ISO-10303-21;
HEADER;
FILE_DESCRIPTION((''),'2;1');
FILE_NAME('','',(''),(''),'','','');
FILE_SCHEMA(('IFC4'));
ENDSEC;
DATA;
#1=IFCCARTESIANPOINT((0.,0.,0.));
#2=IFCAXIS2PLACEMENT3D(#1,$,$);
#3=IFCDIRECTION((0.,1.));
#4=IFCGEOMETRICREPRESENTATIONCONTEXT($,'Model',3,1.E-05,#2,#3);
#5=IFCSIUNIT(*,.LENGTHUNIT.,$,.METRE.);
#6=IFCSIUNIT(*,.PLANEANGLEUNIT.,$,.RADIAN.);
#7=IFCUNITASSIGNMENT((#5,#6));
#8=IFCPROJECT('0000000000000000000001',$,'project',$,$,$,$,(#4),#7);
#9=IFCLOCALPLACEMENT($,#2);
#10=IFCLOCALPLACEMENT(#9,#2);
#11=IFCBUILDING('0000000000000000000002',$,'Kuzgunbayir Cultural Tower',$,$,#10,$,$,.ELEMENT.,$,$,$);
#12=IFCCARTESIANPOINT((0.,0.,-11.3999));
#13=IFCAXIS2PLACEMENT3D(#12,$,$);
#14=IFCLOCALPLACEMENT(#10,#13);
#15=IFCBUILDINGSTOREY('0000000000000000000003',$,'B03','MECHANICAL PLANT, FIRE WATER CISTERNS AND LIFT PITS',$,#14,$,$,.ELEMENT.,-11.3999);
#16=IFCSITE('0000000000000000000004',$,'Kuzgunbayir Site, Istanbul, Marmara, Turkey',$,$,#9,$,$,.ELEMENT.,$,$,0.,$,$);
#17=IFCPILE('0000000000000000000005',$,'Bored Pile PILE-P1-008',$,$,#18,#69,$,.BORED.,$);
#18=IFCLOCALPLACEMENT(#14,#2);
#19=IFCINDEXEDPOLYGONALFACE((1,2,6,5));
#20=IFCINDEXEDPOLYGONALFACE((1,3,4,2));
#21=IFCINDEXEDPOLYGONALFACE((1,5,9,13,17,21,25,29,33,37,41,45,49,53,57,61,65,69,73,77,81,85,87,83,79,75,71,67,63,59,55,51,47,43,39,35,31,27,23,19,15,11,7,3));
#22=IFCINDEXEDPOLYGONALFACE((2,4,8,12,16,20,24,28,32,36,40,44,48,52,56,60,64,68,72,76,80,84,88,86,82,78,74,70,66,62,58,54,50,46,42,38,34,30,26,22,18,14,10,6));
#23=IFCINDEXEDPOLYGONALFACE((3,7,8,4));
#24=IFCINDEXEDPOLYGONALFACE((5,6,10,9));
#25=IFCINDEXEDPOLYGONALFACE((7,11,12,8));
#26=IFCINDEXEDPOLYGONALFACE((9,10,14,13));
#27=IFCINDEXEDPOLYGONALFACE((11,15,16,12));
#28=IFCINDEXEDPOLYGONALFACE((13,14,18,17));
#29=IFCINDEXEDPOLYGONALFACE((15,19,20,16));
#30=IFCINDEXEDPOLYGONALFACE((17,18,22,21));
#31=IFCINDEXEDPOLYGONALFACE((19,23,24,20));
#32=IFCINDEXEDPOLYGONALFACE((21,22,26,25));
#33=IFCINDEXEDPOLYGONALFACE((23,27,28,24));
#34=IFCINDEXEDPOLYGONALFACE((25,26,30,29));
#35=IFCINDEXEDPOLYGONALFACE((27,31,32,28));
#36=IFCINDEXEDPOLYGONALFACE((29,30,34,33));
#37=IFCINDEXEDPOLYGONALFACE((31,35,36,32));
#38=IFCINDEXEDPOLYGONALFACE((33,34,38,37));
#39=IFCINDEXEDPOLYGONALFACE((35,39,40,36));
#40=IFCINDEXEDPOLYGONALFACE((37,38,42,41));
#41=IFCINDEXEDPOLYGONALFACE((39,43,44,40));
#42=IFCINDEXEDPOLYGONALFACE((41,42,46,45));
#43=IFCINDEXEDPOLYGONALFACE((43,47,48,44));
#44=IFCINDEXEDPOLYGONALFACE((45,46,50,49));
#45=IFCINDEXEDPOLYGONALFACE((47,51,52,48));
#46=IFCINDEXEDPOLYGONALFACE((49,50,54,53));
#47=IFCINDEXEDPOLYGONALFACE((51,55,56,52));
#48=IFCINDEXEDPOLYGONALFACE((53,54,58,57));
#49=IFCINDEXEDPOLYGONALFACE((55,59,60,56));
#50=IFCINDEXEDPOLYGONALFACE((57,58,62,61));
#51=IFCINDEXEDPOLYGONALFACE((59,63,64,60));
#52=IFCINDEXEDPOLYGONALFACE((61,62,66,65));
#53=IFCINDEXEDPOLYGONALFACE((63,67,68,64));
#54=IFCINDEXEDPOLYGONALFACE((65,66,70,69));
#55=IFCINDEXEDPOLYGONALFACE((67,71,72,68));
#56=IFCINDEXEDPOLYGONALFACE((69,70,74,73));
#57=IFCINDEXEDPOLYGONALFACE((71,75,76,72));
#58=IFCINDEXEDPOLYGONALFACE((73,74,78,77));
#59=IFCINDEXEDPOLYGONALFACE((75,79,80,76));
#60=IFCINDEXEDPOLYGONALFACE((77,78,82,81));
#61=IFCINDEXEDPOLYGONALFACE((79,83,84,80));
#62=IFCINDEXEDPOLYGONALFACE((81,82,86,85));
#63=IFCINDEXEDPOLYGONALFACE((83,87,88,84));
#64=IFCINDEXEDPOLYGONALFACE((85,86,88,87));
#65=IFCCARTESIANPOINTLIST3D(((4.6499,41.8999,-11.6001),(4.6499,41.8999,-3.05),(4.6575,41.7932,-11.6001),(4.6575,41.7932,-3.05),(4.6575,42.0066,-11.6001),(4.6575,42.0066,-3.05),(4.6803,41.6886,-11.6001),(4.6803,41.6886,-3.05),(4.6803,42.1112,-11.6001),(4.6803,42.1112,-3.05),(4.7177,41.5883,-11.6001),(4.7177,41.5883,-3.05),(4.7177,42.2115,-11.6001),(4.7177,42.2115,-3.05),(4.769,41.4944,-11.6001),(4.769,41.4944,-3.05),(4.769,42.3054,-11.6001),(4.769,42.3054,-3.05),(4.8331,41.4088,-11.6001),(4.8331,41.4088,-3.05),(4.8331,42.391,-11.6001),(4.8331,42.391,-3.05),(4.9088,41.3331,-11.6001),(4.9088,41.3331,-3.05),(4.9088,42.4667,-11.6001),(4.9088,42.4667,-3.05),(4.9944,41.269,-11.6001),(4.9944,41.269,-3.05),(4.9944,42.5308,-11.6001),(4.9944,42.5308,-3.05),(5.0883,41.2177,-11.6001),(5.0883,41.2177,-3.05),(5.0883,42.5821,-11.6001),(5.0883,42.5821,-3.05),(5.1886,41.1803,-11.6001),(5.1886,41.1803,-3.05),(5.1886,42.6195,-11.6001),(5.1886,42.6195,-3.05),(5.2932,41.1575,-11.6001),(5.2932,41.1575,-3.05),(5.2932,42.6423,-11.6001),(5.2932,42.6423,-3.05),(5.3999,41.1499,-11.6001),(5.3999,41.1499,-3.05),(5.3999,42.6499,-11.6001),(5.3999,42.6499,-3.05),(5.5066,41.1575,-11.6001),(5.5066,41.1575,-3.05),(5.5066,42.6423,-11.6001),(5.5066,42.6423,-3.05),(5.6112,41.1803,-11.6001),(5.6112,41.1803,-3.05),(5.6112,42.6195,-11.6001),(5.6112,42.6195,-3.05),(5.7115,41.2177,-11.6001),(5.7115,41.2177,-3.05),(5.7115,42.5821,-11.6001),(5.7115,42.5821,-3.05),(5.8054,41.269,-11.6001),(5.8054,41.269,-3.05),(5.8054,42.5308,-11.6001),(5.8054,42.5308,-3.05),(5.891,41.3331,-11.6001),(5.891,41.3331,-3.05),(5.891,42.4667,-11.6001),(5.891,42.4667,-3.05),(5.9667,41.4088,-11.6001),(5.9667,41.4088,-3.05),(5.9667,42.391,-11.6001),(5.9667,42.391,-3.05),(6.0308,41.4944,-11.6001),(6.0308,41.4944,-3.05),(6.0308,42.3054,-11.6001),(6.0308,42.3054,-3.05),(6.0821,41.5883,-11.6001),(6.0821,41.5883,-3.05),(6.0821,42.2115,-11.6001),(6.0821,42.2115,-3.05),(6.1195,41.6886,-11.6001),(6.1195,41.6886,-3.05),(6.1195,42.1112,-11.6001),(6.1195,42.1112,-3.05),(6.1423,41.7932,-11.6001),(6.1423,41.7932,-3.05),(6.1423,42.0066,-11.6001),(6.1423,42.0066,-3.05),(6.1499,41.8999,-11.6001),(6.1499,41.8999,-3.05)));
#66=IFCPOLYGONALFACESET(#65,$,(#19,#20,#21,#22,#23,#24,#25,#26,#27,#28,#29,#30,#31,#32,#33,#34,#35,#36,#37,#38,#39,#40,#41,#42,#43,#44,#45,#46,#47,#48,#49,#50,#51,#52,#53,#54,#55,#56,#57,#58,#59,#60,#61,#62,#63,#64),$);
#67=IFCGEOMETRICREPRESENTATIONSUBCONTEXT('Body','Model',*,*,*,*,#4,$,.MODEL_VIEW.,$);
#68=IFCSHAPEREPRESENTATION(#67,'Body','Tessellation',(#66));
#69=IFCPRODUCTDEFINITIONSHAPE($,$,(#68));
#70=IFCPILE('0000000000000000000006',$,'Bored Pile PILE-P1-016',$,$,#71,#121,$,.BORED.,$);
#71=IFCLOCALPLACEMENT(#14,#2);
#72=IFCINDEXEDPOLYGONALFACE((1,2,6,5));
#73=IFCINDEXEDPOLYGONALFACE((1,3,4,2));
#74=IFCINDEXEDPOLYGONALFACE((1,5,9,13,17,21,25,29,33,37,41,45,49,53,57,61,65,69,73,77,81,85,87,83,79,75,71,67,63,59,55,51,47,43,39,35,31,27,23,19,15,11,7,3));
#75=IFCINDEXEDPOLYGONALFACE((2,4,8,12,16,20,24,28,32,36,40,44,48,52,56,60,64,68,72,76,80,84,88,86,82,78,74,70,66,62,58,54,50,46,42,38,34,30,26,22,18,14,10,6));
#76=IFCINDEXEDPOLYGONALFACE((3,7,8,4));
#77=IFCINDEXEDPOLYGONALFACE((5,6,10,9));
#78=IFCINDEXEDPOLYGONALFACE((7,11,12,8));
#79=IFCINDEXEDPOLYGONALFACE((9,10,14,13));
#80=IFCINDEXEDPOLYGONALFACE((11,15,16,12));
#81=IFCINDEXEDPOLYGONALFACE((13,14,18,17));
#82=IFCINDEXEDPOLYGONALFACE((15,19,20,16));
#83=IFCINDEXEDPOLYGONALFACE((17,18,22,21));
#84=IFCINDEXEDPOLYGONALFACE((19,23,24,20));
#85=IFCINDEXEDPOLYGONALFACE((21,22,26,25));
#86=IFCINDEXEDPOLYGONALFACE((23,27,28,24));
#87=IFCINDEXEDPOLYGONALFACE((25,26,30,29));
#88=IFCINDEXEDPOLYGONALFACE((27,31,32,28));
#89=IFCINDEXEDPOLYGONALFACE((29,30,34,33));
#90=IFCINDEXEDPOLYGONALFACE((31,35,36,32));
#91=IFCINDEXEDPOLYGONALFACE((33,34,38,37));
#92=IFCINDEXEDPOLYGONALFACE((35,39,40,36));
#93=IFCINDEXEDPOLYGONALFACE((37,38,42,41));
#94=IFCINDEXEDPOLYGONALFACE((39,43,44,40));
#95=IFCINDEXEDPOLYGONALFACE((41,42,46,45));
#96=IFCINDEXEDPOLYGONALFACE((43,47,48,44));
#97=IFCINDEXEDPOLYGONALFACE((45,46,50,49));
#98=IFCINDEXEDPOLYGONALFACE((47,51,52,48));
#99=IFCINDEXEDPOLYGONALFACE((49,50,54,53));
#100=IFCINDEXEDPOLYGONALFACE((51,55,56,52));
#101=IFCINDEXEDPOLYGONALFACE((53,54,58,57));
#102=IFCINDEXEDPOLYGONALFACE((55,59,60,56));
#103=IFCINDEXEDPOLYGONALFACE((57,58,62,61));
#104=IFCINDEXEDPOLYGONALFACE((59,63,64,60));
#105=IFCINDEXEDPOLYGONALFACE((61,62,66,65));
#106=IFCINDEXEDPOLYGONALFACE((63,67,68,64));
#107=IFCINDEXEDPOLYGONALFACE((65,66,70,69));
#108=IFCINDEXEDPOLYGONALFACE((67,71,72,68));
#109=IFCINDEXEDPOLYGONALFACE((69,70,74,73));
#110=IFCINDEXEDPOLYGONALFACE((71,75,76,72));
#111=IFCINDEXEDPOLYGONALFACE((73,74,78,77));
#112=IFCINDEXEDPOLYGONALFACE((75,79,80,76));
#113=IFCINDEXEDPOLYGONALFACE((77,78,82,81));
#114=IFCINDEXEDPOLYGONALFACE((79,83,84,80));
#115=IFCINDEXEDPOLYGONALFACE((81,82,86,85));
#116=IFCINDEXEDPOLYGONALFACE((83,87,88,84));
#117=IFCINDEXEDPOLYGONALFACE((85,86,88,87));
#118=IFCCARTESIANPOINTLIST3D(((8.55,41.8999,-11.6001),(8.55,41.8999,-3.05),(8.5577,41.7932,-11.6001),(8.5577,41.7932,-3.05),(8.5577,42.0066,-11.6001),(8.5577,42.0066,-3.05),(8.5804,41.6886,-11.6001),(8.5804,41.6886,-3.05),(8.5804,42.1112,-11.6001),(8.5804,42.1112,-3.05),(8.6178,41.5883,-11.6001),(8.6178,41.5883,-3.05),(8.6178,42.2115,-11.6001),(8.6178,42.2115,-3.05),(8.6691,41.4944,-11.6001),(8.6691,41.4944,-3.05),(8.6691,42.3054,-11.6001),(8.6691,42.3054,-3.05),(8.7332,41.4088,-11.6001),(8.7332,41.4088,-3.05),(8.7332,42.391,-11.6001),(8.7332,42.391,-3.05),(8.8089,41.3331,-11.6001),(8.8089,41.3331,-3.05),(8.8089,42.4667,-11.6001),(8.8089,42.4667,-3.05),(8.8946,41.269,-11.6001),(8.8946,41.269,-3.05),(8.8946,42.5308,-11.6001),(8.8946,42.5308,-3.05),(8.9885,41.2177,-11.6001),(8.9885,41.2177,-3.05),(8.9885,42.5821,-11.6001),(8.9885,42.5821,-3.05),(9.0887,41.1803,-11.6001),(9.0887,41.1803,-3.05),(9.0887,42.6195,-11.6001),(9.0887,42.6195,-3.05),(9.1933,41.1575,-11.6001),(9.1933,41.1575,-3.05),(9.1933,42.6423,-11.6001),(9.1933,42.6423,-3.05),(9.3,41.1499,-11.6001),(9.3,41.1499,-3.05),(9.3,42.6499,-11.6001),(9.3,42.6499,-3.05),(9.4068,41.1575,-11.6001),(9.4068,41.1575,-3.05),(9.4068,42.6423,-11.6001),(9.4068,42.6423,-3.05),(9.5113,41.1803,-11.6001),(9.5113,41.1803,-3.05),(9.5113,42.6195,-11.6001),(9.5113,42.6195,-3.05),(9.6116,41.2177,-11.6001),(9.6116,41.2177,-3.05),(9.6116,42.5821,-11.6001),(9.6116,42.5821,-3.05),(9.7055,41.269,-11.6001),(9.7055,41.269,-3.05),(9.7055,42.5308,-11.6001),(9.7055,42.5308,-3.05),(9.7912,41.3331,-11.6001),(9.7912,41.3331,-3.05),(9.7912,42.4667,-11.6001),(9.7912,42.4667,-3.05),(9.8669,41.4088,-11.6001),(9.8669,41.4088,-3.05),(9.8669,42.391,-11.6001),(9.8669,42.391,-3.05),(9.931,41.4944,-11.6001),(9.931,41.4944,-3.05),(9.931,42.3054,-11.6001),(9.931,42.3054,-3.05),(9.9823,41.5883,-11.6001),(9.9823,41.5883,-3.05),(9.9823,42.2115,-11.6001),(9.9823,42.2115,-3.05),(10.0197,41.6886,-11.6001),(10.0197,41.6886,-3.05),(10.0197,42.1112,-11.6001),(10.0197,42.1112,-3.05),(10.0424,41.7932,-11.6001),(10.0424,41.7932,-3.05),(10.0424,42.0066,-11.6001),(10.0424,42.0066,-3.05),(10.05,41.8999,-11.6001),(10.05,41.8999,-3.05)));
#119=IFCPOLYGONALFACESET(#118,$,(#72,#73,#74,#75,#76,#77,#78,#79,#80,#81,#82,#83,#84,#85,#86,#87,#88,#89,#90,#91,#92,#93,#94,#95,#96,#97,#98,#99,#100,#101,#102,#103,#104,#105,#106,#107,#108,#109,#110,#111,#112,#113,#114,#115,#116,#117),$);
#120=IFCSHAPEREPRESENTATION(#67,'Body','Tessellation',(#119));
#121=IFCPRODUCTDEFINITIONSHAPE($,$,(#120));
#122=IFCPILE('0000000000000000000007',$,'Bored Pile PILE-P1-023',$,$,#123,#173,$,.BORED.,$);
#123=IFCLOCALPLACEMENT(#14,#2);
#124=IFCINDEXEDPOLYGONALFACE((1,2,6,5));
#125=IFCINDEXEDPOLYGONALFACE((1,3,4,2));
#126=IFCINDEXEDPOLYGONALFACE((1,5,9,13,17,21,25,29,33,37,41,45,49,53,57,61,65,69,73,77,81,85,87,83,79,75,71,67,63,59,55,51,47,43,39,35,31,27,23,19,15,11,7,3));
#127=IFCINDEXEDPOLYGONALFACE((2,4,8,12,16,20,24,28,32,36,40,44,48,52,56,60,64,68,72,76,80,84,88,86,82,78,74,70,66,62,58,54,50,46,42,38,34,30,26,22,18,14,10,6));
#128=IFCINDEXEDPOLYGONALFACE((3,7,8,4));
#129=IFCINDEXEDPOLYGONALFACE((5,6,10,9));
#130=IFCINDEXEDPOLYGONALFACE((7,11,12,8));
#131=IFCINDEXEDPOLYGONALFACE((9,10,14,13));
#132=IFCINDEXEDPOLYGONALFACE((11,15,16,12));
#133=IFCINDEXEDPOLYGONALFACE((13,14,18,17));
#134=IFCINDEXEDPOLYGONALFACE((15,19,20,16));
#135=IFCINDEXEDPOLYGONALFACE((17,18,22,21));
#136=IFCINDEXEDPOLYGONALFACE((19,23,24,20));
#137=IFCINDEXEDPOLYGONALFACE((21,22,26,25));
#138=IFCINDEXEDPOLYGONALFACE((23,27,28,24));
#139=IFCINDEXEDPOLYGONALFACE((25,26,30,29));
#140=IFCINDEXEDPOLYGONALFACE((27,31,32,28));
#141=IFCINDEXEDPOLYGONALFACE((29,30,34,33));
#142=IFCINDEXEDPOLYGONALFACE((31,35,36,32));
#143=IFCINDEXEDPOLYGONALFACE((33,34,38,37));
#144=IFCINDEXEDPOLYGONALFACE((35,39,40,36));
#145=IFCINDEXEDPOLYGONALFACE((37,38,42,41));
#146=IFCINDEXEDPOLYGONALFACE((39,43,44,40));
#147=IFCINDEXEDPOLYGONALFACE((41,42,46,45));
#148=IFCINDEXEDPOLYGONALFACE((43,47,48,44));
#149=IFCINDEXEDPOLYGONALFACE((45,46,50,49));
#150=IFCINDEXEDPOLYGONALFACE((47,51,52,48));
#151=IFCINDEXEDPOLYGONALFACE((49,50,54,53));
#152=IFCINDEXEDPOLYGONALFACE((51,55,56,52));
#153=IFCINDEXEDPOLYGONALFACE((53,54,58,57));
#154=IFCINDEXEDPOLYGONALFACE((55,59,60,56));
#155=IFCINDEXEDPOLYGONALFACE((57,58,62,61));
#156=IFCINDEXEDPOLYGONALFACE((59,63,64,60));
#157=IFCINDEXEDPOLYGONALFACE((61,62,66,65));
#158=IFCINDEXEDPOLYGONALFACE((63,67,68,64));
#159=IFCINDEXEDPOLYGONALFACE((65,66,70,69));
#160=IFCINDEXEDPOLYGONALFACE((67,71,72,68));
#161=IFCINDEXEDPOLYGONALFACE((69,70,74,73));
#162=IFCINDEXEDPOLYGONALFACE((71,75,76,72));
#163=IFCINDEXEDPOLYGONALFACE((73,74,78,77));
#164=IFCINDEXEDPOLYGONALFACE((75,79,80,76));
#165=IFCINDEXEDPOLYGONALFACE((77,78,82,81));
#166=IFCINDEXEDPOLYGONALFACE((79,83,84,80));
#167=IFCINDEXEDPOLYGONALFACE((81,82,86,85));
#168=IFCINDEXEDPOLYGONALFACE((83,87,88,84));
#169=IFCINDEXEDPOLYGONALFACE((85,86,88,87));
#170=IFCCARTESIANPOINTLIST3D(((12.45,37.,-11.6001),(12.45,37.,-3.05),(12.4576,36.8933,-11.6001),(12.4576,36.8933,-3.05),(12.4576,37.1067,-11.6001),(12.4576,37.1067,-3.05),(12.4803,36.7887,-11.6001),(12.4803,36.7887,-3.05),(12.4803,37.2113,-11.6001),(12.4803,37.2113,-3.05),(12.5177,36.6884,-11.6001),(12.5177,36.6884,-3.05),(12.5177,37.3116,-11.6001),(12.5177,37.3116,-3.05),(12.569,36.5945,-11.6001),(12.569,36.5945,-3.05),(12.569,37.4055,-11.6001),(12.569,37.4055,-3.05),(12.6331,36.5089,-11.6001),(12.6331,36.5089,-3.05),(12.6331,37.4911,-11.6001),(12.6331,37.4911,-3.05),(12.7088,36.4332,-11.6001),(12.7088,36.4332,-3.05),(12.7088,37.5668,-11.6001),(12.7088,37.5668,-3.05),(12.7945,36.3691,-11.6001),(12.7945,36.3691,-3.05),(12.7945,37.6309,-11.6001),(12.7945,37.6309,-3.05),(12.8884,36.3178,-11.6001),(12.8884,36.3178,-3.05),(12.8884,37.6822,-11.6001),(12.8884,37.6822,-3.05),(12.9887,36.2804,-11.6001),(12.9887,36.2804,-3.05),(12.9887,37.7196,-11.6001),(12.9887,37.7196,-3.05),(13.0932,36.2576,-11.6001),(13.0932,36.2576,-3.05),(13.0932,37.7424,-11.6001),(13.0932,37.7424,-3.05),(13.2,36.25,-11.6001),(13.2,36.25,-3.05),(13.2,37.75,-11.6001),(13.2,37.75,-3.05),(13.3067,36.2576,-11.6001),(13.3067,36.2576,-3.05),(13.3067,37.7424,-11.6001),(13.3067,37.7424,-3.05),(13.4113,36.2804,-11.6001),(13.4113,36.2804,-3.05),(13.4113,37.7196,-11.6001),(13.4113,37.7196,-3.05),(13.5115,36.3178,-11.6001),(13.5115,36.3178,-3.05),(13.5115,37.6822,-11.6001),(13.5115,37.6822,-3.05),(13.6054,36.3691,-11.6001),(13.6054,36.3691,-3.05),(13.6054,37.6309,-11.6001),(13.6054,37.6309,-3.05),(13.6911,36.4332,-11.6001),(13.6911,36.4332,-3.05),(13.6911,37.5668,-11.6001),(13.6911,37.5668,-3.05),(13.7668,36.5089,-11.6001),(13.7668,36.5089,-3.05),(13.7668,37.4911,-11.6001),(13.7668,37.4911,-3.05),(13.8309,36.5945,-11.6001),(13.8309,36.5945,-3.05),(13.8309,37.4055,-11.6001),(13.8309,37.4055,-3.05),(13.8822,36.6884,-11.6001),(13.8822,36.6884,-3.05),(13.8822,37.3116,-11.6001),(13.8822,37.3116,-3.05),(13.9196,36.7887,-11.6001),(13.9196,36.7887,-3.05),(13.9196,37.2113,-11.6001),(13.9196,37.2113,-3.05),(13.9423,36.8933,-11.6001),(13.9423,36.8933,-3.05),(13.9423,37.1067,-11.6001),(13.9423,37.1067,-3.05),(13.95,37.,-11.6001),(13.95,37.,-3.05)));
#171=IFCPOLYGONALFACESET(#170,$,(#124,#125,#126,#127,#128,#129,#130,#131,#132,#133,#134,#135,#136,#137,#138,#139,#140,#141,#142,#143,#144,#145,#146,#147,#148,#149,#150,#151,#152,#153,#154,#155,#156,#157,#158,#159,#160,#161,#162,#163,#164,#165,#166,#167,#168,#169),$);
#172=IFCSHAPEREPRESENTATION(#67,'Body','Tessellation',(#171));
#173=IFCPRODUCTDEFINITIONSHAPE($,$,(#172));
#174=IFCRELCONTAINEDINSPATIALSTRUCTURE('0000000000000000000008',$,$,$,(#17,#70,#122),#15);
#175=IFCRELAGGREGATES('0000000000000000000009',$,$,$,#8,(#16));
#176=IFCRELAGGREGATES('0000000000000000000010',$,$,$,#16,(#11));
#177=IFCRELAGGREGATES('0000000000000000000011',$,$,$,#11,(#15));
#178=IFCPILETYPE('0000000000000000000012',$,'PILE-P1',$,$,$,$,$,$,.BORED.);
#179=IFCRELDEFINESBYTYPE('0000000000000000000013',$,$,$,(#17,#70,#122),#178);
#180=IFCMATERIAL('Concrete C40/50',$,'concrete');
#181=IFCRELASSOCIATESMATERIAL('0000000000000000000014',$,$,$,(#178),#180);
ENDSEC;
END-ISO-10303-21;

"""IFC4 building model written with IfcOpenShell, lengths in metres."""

from ifc_helpers import new_model, si_unit, direction, frame, origin, origin_2d, place, context, subcontext, project, spatial, circle, extrude, material, material_profile, profile_set, type_object, element, save


model = new_model("IFC4")

# Units and contexts
model_context = context("Model", 3, precision=1e-05, world=origin(), true_north=direction((0.0, 1.0)))
body_context = subcontext(model_context, "Body", "Model", "MODEL_VIEW")
ifc_project = project(units=[si_unit("LENGTHUNIT", "METRE"), si_unit("PLANEANGLEUNIT", "RADIAN")], contexts=[model_context])

# Site, building, storey
site_placement = place(None, origin())
site = spatial("IfcSite", under=ifc_project, at=site_placement, Name="Kuzgunbayir Site, Istanbul, Marmara, Turkey", CompositionType="ELEMENT", RefElevation=0.0)
building_placement = place(site_placement, origin())
building = spatial("IfcBuilding", under=site, at=building_placement, Name="Kuzgunbayir Cultural Tower", CompositionType="ELEMENT")
storey_placement = place(building_placement, frame((0.0, 0.0, -11.3999)))
storey = spatial("IfcBuildingStorey", under=building, at=storey_placement, Name="B03", Description="MECHANICAL PLANT, FIRE WATER CISTERNS AND LIFT PITS", CompositionType="ELEMENT", Elevation=-11.3999)

# Piles
ifc_material_1 = material(Name="Concrete C40/50", Category="concrete")
ifc_material_profile_1 = material_profile(ifc_material_1, circle(Radius=0.75, at=origin_2d()), Name="BORED PILE 1500")
ifc_profile_set_1 = profile_set([ifc_material_profile_1], Name="Concrete C40/50")
pile_type_1 = type_object("IfcPileType", Name="PILE-P1", PredefinedType="BORED", material=ifc_profile_set_1)
for number, where, z_axis, x_axis, name in (
    (1, (5.3999, 41.8999, -3.05), (0.0, 0.0, -1.0), (1.0, 0.0, 0.0), "Bored Pile PILE-P1-008"),
    (2, (9.3, 41.8999, -3.05), (0.0, 0.0, -1.0), (1.0, 0.0, 0.0), "Bored Pile PILE-P1-016"),
    (3, (13.2, 37.0, -3.05), (0.0, 0.0, -1.0), (1.0, 0.0, 0.0), "Bored Pile PILE-P1-023"),
):
    element("IfcPile", number, at=place(storey_placement, frame(where, z_axis=z_axis, x_axis=x_axis)), inside=storey, type_object=pile_type_1, Name=name, PredefinedType="BORED", context=body_context, shape_type="SweptSolid", body=[
        extrude(circle(Radius=0.75, at=origin_2d()), origin(), (0.0, 0.0, 1.0), 8.55),
    ])

save(model, "model.ifc")
